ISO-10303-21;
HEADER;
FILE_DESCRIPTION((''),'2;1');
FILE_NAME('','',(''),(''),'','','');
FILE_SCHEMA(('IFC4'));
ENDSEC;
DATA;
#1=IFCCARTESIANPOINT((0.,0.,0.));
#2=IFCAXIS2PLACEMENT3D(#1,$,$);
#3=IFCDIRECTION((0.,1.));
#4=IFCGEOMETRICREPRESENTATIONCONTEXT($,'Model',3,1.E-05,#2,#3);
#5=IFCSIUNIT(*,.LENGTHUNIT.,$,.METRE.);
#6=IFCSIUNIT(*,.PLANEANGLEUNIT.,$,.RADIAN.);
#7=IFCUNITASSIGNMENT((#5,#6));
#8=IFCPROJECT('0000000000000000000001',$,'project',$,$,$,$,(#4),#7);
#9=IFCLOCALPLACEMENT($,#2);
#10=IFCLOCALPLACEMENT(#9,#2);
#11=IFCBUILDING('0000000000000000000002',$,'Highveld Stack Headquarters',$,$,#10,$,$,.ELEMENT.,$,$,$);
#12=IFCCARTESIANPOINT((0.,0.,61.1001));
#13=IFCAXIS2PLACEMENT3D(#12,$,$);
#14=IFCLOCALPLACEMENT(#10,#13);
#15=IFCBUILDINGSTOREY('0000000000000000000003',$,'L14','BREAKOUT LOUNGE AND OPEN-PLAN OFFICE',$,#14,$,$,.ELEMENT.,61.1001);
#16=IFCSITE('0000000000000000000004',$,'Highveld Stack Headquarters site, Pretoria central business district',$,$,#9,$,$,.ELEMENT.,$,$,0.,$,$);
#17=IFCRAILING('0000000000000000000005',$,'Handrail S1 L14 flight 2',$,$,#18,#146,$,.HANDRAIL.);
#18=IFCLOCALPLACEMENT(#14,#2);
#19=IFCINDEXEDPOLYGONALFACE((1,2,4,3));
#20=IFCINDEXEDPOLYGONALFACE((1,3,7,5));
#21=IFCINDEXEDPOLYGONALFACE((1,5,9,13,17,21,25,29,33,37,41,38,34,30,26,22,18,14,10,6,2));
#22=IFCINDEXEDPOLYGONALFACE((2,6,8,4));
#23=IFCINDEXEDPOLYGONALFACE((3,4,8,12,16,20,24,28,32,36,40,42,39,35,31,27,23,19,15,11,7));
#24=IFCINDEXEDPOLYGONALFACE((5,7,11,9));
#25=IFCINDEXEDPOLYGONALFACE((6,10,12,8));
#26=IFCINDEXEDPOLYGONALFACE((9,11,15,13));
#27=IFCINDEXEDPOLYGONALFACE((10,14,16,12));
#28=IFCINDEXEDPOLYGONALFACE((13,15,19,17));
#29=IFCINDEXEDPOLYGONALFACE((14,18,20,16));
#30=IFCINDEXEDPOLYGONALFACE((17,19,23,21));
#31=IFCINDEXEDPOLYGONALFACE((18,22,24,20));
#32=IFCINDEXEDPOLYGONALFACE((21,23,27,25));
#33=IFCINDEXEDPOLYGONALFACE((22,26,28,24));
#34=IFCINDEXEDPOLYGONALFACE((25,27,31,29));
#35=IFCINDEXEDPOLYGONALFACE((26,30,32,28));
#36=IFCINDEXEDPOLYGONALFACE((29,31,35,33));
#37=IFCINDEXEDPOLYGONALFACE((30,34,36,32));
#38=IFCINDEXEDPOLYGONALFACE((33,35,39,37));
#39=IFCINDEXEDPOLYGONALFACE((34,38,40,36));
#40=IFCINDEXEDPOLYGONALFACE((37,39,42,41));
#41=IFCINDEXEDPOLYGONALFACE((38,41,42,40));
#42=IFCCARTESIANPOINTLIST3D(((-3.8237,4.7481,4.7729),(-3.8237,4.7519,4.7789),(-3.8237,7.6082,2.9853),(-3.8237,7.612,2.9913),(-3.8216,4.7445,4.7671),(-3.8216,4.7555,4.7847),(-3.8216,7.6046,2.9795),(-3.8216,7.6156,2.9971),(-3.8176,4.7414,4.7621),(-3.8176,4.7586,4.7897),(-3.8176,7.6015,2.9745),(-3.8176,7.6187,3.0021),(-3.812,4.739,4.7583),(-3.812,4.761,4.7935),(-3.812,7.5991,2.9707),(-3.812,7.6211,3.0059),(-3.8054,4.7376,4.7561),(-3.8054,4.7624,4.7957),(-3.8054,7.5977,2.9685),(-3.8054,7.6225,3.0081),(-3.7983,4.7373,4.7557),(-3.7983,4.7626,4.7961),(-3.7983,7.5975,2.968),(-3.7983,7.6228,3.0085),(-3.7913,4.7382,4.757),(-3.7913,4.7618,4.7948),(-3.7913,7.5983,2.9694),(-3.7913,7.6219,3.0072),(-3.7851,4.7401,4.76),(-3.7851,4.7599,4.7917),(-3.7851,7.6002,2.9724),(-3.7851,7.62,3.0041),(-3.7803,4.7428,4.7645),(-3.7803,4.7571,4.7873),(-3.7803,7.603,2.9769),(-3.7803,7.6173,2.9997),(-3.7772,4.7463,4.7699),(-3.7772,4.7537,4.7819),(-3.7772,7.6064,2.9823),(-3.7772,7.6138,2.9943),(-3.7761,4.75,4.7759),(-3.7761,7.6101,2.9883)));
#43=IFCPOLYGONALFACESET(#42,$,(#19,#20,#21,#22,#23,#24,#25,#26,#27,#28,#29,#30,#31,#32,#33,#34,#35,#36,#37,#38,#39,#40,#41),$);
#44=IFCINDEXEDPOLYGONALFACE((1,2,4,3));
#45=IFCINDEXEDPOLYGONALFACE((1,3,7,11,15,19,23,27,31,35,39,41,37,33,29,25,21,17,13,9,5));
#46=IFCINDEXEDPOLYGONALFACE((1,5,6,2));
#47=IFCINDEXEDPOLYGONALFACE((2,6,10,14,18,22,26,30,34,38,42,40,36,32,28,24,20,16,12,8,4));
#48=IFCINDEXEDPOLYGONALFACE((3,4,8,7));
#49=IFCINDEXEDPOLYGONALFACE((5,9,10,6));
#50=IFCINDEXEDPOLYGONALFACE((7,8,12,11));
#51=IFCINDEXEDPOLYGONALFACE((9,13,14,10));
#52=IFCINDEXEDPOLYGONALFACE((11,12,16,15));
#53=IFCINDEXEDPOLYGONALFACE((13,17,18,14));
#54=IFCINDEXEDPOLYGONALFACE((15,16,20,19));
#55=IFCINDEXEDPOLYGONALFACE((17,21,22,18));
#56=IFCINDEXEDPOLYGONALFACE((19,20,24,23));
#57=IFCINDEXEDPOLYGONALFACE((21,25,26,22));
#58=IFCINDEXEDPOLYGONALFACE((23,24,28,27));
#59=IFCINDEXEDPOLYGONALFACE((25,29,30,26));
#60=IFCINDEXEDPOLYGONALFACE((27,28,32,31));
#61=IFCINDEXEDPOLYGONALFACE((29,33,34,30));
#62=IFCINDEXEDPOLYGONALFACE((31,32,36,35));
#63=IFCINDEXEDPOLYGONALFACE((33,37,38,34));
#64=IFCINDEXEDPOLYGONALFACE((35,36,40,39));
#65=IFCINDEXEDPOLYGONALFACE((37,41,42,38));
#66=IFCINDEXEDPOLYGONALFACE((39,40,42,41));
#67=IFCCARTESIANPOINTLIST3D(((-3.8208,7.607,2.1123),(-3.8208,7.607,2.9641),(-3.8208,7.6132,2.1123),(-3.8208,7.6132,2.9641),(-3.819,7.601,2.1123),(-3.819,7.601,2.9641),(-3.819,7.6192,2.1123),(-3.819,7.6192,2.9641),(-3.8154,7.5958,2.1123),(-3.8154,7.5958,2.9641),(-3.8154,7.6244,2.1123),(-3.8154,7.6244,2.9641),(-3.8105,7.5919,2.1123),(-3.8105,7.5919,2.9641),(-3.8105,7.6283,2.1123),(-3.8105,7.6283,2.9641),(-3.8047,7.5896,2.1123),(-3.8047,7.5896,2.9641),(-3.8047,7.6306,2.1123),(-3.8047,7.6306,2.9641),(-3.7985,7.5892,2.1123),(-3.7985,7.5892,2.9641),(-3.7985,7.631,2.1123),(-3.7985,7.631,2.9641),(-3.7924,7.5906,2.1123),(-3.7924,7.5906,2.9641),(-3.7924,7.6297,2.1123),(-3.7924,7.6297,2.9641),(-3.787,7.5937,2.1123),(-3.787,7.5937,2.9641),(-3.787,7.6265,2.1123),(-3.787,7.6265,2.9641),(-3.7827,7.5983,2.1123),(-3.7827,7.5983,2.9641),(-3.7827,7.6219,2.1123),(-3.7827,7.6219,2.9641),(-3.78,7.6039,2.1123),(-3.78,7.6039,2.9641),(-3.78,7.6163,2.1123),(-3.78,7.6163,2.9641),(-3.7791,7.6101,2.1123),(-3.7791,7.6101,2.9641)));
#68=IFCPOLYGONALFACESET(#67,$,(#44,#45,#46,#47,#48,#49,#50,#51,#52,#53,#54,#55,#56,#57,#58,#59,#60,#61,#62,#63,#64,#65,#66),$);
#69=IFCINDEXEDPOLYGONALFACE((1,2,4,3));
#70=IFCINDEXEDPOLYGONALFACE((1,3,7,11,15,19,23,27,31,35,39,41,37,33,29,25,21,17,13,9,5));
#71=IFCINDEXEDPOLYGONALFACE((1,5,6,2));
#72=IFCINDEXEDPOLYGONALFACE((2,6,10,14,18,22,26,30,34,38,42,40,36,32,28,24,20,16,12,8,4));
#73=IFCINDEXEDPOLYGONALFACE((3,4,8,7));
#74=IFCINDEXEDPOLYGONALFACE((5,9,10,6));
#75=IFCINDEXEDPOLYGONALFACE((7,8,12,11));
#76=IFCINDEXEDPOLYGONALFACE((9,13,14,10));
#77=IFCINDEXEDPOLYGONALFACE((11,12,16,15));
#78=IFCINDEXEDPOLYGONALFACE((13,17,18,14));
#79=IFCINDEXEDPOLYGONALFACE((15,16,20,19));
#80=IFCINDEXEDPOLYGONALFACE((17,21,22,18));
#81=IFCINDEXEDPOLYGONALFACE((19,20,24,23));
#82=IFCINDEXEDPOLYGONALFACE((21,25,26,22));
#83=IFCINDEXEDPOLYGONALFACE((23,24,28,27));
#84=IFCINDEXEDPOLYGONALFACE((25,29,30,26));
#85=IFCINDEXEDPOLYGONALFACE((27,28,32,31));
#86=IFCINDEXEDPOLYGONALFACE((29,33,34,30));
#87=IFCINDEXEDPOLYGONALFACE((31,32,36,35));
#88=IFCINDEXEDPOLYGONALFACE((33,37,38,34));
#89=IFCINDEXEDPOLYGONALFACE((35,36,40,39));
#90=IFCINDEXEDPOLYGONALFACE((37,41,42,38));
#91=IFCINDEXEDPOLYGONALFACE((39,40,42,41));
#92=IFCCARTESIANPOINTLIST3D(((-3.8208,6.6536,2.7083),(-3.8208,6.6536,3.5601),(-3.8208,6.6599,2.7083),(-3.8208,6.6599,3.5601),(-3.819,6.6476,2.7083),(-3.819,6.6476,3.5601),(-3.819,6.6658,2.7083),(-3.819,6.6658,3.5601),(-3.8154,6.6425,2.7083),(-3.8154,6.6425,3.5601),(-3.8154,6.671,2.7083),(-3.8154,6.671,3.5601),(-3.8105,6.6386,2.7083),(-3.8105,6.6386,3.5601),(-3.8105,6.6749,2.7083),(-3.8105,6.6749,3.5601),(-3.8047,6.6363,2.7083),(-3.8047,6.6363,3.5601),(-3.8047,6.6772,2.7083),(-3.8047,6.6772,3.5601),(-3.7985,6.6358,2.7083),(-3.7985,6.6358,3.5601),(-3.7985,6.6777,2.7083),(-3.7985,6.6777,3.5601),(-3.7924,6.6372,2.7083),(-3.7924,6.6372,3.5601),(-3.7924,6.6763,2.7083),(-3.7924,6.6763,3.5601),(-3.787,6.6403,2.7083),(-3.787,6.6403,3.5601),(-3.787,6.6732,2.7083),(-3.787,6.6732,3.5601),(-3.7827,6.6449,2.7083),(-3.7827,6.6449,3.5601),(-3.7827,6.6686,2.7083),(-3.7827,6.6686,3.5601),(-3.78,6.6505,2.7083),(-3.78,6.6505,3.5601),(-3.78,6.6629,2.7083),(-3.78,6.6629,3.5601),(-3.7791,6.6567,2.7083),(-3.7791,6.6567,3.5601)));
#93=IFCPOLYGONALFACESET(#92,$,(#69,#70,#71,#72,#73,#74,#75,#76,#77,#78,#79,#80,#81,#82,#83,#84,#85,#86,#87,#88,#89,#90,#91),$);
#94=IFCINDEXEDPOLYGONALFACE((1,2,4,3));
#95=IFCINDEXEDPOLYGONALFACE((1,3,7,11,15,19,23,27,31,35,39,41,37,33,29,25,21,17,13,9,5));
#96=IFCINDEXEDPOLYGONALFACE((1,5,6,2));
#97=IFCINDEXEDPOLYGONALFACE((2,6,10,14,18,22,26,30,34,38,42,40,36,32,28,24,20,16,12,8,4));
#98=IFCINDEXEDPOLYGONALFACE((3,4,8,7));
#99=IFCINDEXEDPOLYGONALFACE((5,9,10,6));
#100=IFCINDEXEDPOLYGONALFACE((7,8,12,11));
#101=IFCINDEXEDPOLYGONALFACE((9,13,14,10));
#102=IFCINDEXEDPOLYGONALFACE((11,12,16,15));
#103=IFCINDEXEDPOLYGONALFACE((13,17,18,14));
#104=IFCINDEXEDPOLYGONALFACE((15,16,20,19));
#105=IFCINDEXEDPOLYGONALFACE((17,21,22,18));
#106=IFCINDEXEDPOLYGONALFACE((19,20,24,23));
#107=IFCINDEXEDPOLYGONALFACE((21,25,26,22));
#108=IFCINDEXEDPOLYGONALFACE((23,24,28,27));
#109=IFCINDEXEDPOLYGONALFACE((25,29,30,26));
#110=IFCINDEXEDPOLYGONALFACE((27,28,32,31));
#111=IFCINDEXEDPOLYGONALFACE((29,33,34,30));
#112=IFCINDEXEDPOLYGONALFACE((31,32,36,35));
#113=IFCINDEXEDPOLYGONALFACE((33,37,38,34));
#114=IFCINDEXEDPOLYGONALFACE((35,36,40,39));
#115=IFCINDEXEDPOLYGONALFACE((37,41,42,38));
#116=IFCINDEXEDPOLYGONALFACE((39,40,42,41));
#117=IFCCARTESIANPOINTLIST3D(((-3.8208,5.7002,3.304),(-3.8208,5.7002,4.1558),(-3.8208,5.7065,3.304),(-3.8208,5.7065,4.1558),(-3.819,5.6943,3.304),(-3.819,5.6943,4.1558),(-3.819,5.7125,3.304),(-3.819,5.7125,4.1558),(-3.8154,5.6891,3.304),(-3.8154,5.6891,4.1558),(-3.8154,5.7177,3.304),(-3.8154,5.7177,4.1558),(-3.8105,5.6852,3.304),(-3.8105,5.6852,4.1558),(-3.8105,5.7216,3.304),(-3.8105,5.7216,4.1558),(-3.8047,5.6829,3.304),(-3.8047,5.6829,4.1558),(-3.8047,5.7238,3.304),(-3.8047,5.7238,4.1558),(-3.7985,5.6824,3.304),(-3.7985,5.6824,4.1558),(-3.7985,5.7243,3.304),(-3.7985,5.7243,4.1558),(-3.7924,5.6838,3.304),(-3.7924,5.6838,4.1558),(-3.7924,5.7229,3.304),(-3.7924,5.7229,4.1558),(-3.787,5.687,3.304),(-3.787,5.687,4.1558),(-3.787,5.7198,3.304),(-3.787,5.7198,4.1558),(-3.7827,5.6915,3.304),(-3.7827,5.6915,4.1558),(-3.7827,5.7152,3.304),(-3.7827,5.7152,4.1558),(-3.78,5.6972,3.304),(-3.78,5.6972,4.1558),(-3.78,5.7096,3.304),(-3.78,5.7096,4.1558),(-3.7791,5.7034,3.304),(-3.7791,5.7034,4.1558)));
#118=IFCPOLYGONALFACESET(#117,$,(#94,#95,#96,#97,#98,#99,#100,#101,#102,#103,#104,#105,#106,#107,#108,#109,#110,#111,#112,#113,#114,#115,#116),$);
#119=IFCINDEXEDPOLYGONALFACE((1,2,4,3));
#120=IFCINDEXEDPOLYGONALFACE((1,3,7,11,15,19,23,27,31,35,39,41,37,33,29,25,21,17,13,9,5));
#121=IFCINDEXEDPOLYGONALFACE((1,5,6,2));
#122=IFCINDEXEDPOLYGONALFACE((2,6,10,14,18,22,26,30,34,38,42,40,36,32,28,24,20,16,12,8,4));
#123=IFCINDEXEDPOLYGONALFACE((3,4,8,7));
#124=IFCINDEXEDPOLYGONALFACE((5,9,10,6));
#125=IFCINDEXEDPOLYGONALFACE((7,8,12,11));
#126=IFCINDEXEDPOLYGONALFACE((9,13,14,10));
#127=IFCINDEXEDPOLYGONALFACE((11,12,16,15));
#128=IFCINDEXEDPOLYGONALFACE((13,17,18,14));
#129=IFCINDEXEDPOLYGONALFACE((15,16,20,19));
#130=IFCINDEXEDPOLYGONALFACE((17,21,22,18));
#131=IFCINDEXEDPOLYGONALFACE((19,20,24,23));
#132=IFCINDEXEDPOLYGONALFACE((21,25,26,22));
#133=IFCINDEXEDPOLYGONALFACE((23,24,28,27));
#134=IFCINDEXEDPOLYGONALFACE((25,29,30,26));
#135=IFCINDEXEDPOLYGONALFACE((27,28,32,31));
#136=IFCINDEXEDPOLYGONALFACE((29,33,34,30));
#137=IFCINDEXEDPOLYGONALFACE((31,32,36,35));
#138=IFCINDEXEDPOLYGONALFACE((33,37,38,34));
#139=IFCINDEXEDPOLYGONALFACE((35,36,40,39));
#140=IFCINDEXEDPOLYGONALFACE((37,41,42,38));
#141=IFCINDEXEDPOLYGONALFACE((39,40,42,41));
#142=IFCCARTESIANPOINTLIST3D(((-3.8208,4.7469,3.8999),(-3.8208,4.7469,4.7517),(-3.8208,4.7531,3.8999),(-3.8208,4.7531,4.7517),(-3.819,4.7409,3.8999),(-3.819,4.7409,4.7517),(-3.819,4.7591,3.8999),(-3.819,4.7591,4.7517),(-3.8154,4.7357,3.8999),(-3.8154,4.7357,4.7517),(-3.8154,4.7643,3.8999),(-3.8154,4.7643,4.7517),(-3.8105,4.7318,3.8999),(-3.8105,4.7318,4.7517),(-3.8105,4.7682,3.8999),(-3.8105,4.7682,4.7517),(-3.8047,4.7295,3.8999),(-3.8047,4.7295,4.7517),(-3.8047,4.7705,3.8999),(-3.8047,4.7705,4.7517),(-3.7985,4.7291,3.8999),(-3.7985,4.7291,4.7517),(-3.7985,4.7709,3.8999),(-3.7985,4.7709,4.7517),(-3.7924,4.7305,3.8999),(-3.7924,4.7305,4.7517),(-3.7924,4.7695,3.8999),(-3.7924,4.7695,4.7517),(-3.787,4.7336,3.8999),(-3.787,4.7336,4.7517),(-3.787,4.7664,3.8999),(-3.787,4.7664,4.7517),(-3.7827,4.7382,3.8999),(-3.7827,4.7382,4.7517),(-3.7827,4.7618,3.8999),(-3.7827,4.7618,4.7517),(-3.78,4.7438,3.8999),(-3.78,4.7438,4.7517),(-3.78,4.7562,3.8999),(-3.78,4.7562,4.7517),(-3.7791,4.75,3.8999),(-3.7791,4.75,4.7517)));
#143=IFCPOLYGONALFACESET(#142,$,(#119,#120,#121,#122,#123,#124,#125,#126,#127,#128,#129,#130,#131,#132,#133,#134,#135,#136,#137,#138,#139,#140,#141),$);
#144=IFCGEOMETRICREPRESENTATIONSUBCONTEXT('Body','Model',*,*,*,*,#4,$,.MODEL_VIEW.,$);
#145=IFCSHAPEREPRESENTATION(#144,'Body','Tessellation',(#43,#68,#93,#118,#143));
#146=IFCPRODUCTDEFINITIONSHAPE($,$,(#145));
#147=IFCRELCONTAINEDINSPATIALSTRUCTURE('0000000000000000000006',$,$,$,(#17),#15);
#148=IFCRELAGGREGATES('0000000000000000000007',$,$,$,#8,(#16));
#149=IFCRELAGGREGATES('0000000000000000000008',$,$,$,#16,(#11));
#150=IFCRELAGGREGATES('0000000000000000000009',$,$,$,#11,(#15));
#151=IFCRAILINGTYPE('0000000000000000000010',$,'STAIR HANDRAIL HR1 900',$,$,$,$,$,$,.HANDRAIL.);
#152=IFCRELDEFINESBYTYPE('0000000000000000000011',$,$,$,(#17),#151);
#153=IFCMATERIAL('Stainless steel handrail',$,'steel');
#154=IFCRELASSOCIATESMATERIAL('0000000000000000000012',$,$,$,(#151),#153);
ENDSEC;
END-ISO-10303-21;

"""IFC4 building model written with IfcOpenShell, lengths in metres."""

from ifc_helpers import new_model, si_unit, direction, frame, origin, origin_2d, place, context, subcontext, project, spatial, circle, extrude, material, type_object, element, save


model = new_model("IFC4")

# Units and contexts
model_context = context("Model", 3, precision=1e-05, world=origin(), true_north=direction((0.0, 1.0)))
body_context = subcontext(model_context, "Body", "Model", "MODEL_VIEW")
ifc_project = project(units=[si_unit("LENGTHUNIT", "METRE"), si_unit("PLANEANGLEUNIT", "RADIAN")], contexts=[model_context])

# Site, building, storey
site_placement = place(None, origin())
site = spatial("IfcSite", under=ifc_project, at=site_placement, Name="Highveld Stack Headquarters site, Pretoria central business district", CompositionType="ELEMENT", RefElevation=0.0)
building_placement = place(site_placement, origin())
building = spatial("IfcBuilding", under=site, at=building_placement, Name="Highveld Stack Headquarters", CompositionType="ELEMENT")
storey_placement = place(building_placement, frame((0.0, 0.0, 61.1001)))
storey = spatial("IfcBuildingStorey", under=building, at=storey_placement, Name="L14", Description="BREAKOUT LOUNGE AND OPEN-PLAN OFFICE", CompositionType="ELEMENT", Elevation=61.1001)

# Railing
ifc_material_1 = material(Name="Stainless steel handrail", Category="steel")
railing_type = type_object("IfcRailingType", Name="STAIR HANDRAIL HR1 900", PredefinedType="HANDRAIL", material=ifc_material_1)
for number, where, name in (
    (1, (-3.8, 7.6101, 2.1123), "Handrail S1 L14 flight 2"),
):
    element("IfcRailing", number, at=place(storey_placement, frame(where)), inside=storey, type_object=railing_type, Name=name, PredefinedType="HANDRAIL", context=body_context, shape_type="SweptSolid", body=[
        extrude(circle(Radius=0.0239, at=origin_2d()), frame((0.0, 0.0, 0.876), z_axis=(0.0, -0.847994, 0.530005), x_axis=(1.0, 0.0, 0.0)), (0.0, 0.0, 1.0), 3.3728),
        extrude(circle(Radius=0.021, at=origin_2d()), origin(), (0.0, 0.0, 1.0), 0.8518),
        extrude(circle(Radius=0.021, at=origin_2d()), frame((0.0, -0.9534, 0.5959)), (0.0, 0.0, 1.0), 0.8518),
        extrude(circle(Radius=0.021, at=origin_2d()), frame((0.0, -1.9067, 1.1917)), (0.0, 0.0, 1.0), 0.8518),
        extrude(circle(Radius=0.021, at=origin_2d()), frame((0.0, -2.8601, 1.7876)), (0.0, 0.0, 1.0), 0.8518),
    ])

save(model, "model.ifc")
